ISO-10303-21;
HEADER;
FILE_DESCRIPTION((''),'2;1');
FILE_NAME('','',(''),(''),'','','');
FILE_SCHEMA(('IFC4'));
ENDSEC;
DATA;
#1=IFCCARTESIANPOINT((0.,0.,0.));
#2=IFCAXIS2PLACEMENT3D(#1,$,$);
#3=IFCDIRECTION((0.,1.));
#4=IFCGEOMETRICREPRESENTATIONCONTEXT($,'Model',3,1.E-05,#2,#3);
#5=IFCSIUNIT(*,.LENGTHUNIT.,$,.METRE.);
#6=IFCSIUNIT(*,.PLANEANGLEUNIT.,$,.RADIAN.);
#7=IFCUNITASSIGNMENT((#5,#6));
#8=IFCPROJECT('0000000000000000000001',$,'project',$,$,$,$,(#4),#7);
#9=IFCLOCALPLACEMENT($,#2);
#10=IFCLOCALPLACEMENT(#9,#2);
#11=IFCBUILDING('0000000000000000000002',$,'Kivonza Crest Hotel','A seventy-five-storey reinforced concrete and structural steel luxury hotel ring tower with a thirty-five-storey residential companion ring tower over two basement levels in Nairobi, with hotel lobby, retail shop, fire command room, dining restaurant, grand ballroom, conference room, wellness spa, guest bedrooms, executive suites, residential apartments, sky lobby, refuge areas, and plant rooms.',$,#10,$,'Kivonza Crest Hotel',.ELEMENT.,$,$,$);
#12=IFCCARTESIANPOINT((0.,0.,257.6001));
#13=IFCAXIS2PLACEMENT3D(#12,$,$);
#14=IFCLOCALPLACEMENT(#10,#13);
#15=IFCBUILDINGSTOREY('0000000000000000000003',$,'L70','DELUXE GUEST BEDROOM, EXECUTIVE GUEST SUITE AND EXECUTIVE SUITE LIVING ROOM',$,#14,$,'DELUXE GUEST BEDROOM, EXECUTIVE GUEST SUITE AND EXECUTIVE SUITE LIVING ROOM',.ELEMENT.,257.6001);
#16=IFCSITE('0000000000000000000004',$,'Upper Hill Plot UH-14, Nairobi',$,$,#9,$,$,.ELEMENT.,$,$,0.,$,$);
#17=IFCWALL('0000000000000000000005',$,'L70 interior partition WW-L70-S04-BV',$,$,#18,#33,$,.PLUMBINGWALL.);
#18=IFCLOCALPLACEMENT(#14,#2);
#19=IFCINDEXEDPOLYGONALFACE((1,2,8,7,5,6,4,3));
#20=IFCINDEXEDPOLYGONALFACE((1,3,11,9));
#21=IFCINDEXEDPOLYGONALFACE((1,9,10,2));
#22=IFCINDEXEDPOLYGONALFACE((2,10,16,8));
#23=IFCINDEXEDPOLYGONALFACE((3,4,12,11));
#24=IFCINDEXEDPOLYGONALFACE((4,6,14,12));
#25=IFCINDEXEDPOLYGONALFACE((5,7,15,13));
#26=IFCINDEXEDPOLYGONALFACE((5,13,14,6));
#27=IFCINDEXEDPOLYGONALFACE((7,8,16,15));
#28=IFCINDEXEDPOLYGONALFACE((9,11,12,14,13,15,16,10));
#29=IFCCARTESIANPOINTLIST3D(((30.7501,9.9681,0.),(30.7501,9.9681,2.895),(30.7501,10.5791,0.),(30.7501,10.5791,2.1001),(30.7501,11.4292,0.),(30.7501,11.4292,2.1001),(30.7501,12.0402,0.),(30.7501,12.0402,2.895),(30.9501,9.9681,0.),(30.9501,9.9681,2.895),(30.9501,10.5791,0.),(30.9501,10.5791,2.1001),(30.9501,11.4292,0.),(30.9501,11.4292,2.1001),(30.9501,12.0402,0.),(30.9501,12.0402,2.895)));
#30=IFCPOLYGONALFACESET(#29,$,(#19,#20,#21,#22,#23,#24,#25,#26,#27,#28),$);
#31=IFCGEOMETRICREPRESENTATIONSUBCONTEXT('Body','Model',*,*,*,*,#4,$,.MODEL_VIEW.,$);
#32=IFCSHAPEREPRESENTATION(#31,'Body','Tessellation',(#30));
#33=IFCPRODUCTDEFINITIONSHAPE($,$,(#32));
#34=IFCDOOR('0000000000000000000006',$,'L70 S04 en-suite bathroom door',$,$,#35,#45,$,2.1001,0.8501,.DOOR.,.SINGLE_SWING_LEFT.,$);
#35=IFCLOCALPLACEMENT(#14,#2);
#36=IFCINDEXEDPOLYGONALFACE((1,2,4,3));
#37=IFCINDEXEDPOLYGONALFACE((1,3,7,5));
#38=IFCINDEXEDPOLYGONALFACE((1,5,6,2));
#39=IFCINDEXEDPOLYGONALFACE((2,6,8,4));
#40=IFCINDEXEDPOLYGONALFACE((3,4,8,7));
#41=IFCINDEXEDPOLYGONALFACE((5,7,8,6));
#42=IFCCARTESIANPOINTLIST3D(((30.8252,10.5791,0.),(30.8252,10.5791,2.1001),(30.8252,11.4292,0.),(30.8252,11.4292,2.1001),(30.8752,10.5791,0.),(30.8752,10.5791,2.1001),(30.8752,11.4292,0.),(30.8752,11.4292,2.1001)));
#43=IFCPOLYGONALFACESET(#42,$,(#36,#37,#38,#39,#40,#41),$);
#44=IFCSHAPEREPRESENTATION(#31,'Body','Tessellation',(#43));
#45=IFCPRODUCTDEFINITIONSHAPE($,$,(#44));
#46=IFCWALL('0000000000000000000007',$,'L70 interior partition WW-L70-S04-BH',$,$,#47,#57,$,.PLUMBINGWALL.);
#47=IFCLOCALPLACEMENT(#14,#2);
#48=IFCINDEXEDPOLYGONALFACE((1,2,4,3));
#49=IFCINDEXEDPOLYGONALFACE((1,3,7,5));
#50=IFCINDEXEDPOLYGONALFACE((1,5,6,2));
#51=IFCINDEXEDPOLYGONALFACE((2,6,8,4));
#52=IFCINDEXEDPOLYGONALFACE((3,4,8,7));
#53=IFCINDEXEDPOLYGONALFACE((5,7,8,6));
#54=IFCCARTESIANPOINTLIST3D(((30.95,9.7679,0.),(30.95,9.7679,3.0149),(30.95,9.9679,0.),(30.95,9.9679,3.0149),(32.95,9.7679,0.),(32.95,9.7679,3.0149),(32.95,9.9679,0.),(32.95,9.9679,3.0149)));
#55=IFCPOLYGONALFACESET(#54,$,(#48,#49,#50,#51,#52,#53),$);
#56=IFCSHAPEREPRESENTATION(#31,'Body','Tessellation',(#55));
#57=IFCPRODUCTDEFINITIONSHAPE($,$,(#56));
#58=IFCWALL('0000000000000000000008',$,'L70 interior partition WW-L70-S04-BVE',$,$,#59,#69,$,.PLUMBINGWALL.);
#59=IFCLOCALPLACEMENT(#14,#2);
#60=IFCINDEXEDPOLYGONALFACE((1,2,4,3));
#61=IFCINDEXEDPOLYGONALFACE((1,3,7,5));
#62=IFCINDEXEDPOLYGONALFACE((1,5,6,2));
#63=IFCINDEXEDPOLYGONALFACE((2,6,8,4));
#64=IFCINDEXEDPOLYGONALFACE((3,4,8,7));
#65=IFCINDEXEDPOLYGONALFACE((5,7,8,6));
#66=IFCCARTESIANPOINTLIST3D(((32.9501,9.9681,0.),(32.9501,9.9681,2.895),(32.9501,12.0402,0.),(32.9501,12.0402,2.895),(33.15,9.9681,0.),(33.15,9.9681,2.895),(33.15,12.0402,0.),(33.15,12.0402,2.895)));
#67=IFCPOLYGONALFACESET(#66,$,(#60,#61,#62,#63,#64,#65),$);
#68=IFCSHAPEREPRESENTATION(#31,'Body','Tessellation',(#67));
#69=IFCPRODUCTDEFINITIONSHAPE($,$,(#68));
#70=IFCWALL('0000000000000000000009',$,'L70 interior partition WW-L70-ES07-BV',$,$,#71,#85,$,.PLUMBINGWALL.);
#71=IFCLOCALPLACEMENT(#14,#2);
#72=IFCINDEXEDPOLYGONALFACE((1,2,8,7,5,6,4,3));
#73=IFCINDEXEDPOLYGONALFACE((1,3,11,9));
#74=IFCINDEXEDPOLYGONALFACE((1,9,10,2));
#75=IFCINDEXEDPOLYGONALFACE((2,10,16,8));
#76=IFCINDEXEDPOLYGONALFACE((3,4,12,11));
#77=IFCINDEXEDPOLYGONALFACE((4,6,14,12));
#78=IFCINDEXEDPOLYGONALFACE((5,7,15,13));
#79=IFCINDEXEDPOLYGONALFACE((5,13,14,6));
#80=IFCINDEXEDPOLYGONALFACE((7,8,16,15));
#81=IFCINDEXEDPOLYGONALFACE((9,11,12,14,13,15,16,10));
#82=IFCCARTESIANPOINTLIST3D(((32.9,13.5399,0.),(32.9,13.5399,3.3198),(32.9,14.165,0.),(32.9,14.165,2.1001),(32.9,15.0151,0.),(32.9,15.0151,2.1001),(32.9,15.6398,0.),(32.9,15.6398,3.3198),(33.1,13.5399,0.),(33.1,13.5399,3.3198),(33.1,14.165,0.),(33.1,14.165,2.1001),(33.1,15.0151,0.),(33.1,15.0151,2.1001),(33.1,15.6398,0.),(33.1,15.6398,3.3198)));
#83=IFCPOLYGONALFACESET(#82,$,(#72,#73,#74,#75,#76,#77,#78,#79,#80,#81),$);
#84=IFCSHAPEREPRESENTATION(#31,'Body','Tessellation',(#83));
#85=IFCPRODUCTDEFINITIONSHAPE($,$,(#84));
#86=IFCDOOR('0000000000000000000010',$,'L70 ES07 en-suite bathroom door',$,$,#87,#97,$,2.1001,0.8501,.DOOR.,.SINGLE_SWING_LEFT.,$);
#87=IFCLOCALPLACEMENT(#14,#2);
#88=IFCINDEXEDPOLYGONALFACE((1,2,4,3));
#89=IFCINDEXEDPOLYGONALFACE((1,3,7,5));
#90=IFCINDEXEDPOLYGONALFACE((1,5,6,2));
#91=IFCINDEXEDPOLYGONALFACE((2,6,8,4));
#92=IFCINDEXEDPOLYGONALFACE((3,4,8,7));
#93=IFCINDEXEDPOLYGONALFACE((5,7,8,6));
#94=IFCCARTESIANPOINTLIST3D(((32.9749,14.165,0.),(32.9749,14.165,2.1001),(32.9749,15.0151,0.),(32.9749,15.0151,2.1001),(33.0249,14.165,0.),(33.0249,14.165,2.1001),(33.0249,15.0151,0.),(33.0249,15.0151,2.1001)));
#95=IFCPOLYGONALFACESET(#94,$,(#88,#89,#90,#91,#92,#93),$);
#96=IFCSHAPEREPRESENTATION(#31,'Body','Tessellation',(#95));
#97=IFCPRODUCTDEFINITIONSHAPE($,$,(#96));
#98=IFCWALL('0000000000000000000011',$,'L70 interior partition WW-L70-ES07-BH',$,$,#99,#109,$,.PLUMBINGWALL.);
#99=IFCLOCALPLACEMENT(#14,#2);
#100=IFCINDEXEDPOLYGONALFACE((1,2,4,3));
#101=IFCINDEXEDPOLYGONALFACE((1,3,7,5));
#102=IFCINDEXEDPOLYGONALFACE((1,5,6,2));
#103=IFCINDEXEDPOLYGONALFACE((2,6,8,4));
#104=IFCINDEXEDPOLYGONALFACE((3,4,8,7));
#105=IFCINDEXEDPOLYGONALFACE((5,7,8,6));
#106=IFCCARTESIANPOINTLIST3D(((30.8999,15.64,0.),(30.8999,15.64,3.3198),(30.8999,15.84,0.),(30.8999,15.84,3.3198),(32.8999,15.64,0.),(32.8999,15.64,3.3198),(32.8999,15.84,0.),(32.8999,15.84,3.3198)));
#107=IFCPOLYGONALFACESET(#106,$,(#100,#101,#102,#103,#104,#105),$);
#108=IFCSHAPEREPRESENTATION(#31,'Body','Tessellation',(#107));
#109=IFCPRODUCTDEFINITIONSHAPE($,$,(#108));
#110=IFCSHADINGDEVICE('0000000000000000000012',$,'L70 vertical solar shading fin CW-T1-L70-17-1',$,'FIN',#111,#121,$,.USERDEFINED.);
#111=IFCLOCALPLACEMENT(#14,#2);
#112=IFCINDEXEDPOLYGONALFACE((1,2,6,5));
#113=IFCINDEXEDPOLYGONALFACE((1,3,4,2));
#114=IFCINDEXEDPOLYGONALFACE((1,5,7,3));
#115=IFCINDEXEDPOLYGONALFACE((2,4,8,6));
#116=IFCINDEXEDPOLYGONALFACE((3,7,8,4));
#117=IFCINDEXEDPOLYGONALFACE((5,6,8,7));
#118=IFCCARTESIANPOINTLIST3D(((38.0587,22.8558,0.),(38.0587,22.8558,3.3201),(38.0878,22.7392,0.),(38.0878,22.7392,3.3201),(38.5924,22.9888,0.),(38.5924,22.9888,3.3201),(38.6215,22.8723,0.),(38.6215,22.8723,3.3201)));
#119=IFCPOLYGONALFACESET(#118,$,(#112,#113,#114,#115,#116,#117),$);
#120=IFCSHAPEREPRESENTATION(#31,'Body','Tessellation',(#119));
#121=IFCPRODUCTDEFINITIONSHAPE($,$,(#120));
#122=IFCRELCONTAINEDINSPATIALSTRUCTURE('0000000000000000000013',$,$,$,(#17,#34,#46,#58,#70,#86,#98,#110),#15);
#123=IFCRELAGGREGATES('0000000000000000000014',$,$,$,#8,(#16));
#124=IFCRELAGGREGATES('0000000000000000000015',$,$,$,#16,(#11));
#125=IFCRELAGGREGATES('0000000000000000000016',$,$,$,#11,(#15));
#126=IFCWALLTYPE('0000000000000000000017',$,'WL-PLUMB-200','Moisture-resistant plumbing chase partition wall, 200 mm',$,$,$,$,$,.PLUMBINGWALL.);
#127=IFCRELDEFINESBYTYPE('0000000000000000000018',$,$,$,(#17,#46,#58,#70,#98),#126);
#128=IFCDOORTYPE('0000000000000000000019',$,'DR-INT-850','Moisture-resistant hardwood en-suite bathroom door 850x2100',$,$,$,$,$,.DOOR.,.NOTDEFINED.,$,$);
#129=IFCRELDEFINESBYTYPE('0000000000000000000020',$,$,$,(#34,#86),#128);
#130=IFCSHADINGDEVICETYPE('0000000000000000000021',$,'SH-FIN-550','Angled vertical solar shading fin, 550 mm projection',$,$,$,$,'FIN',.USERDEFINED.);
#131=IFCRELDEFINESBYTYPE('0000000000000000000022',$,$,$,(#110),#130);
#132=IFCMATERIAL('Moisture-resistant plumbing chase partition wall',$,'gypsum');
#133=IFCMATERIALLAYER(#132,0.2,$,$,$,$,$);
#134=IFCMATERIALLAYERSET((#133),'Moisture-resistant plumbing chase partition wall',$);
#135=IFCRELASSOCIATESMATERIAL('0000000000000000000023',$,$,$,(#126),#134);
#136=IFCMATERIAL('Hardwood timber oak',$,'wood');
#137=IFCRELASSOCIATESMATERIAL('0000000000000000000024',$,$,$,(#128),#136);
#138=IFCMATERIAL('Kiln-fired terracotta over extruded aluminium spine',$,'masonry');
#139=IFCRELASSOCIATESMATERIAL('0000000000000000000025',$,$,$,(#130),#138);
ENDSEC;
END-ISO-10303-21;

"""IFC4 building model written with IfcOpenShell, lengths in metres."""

from ifc_helpers import new_model, si_unit, direction, frame, frame_2d, origin, origin_2d, place, context, subcontext, project, spatial, rectangle, extrude, material, layer, layer_set, type_object, element, fill, save


model = new_model("IFC4")

# Units and contexts
model_context = context("Model", 3, precision=1e-05, world=origin(), true_north=direction((0.0, 1.0)))
body_context = subcontext(model_context, "Body", "Model", "MODEL_VIEW")
ifc_project = project(units=[si_unit("LENGTHUNIT", "METRE"), si_unit("PLANEANGLEUNIT", "RADIAN")], contexts=[model_context])

# Site, building, storey
site_placement = place(None, origin())
site = spatial("IfcSite", under=ifc_project, at=site_placement, Name="Upper Hill Plot UH-14, Nairobi", CompositionType="ELEMENT", RefElevation=0.0)
building_placement = place(site_placement, origin())
building = spatial("IfcBuilding", under=site, at=building_placement, Name="Kivonza Crest Hotel", Description="A seventy-five-storey reinforced concrete and structural steel luxury hotel ring tower with a thirty-five-storey residential companion ring tower over two basement levels in Nairobi, with hotel lobby, retail shop, fire command room, dining restaurant, grand ballroom, conference room, wellness spa, guest bedrooms, executive suites, residential apartments, sky lobby, refuge areas, and plant rooms.", LongName="Kivonza Crest Hotel", CompositionType="ELEMENT")
storey_placement = place(building_placement, frame((0.0, 0.0, 257.6001)))
storey = spatial("IfcBuildingStorey", under=building, at=storey_placement, Name="L70", Description="DELUXE GUEST BEDROOM, EXECUTIVE GUEST SUITE AND EXECUTIVE SUITE LIVING ROOM", LongName="DELUXE GUEST BEDROOM, EXECUTIVE GUEST SUITE AND EXECUTIVE SUITE LIVING ROOM", CompositionType="ELEMENT", Elevation=257.6001)

# Shared definitions
ifc_material_1 = material(Name="Hardwood timber oak", Category="wood")

# Wall, opening, door
ifc_material_2 = material(Name="Moisture-resistant plumbing chase partition wall", Category="gypsum")
ifc_layer_1 = layer(ifc_material_2, 0.2)
ifc_layer_set_1 = layer_set([ifc_layer_1], Name="Moisture-resistant plumbing chase partition wall")
wall_type_1 = type_object("IfcWallType", Name="WL-PLUMB-200", Description="Moisture-resistant plumbing chase partition wall, 200 mm", PredefinedType="PLUMBINGWALL", material=ifc_layer_set_1)
wall_1_placement = place(storey_placement, frame((30.8501, 9.968, 0.0), z_axis=(0.0, 0.0, 1.0), x_axis=(0.0, 1.0, 0.0)))
wall_1 = element("IfcWall", 1, at=wall_1_placement, inside=storey, type_object=wall_type_1, Name="L70 interior partition WW-L70-S04-BV", PredefinedType="PLUMBINGWALL", context=body_context, shape_type="SweptSolid", body=[
    extrude(rectangle(XDim=2.072, YDim=0.2, at=frame_2d((1.0361, 0.0))), origin(), (0.0, 0.0, 1.0), 2.895),
])
opening_1_placement = place(wall_1_placement, frame((0.6111, 0.0, 0.0)))
opening_1 = element("IfcOpeningElement", 2, at=opening_1_placement, cuts=wall_1, PredefinedType="OPENING", context=body_context, shape_type="SweptSolid", body=[
    extrude(rectangle(XDim=0.8501, YDim=2.1001, at=frame_2d((0.425, 1.05))), frame((0.0, 0.1099, 0.0), z_axis=(0.0, -1.0, 0.0), x_axis=(1.0, 0.0, 0.0)), (0.0, 0.0, 1.0), 0.22),
])
door_type_1 = type_object("IfcDoorType", Name="DR-INT-850", Description="Moisture-resistant hardwood en-suite bathroom door 850x2100", OperationType="NOTDEFINED", PredefinedType="DOOR", material=ifc_material_1)
door_1_placement = place(opening_1_placement, origin())
door_1 = element("IfcDoor", 3, at=door_1_placement, inside=storey, type_object=door_type_1, Name="L70 S04 en-suite bathroom door", OperationType="SINGLE_SWING_LEFT", OverallHeight=2.1001, OverallWidth=0.8501, PredefinedType="DOOR", context=body_context, shape_type="SweptSolid", body=[
    extrude(rectangle(XDim=0.8501, YDim=2.1001, at=frame_2d((0.425, 1.05))), frame((0.0, 0.0249, 0.0), z_axis=(0.0, -1.0, 0.0), x_axis=(1.0, 0.0, 0.0)), (0.0, 0.0, 1.0), 0.05),
])
fill(opening_1, door_1)

# Walls
wall_2_placement = place(storey_placement, frame((30.95, 9.8679, 0.0), z_axis=(0.0, 0.0, 1.0), x_axis=(1.0, 0.0, 0.0)))
element("IfcWall", 4, at=wall_2_placement, inside=storey, type_object=wall_type_1, Name="L70 interior partition WW-L70-S04-BH", PredefinedType="PLUMBINGWALL", context=body_context, shape_type="SweptSolid", body=[
    extrude(rectangle(XDim=2.0, YDim=0.2, at=frame_2d((1.0, 0.0))), origin(), (0.0, 0.0, 1.0), 3.0149),
])
wall_3_placement = place(storey_placement, frame((33.05, 9.968, 0.0), z_axis=(0.0, 0.0, 1.0), x_axis=(0.0, 1.0, 0.0)))
element("IfcWall", 5, at=wall_3_placement, inside=storey, type_object=wall_type_1, Name="L70 interior partition WW-L70-S04-BVE", PredefinedType="PLUMBINGWALL", context=body_context, shape_type="SweptSolid", body=[
    extrude(rectangle(XDim=2.072, YDim=0.2, at=frame_2d((1.0361, 0.0))), origin(), (0.0, 0.0, 1.0), 2.895),
])

# Wall, opening, door
wall_4_placement = place(storey_placement, frame((33.0, 13.54, 0.0), z_axis=(0.0, 0.0, 1.0), x_axis=(0.0, 1.0, 0.0)))
wall_4 = element("IfcWall", 6, at=wall_4_placement, inside=storey, type_object=wall_type_1, Name="L70 interior partition WW-L70-ES07-BV", PredefinedType="PLUMBINGWALL", context=body_context, shape_type="SweptSolid", body=[
    extrude(rectangle(XDim=2.0999, YDim=0.2, at=frame_2d((1.0498, 0.0))), origin(), (0.0, 0.0, 1.0), 3.3198),
])
opening_2_placement = place(wall_4_placement, frame((0.625, 0.0, 0.0)))
opening_2 = element("IfcOpeningElement", 7, at=opening_2_placement, cuts=wall_4, PredefinedType="OPENING", context=body_context, shape_type="SweptSolid", body=[
    extrude(rectangle(XDim=0.8501, YDim=2.1001, at=frame_2d((0.425, 1.05))), frame((0.0, 0.1099, 0.0), z_axis=(0.0, -1.0, 0.0), x_axis=(1.0, 0.0, 0.0)), (0.0, 0.0, 1.0), 0.22),
])
door_2_placement = place(opening_2_placement, frame((0.8501, 0.0, 0.0), z_axis=(0.0, 0.0, 1.0), x_axis=(-1.0, 0.0, 0.0)))
door_2 = element("IfcDoor", 8, at=door_2_placement, inside=storey, type_object=door_type_1, Name="L70 ES07 en-suite bathroom door", OperationType="SINGLE_SWING_LEFT", OverallHeight=2.1001, OverallWidth=0.8501, PredefinedType="DOOR", context=body_context, shape_type="SweptSolid", body=[
    extrude(rectangle(XDim=0.8501, YDim=2.1001, at=frame_2d((0.425, 1.05))), frame((0.0, 0.0249, 0.0), z_axis=(0.0, -1.0, 0.0), x_axis=(1.0, 0.0, 0.0)), (0.0, 0.0, 1.0), 0.05),
])
fill(opening_2, door_2)

# Wall
wall_5_placement = place(storey_placement, frame((30.8999, 15.74, 0.0), z_axis=(0.0, 0.0, 1.0), x_axis=(1.0, 0.0, 0.0)))
element("IfcWall", 9, at=wall_5_placement, inside=storey, type_object=wall_type_1, Name="L70 interior partition WW-L70-ES07-BH", PredefinedType="PLUMBINGWALL", context=body_context, shape_type="SweptSolid", body=[
    extrude(rectangle(XDim=2.0, YDim=0.2, at=frame_2d((1.0, 0.0))), origin(), (0.0, 0.0, 1.0), 3.3198),
])

# Shading device
ifc_material_3 = material(Name="Kiln-fired terracotta over extruded aluminium spine", Category="masonry")
shading_device_type = type_object("IfcShadingDeviceType", Name="SH-FIN-550", Description="Angled vertical solar shading fin, 550 mm projection", ElementType="FIN", PredefinedType="USERDEFINED", material=ifc_material_3)
shading_device_placement = place(storey_placement, frame((38.3401, 22.864, 0.0), z_axis=(0.0, 0.0, 1.0), x_axis=(-0.241922, 0.970296, 0.0)))
element("IfcShadingDevice", 10, at=shading_device_placement, inside=storey, type_object=shading_device_type, Name="L70 vertical solar shading fin CW-T1-L70-17-1", ObjectType="FIN", PredefinedType="USERDEFINED", context=body_context, shape_type="SweptSolid", body=[
    extrude(rectangle(XDim=0.1201, YDim=0.55, at=origin_2d()), origin(), (0.0, 0.0, 1.0), 3.3201),
])

save(model, "model.ifc")
